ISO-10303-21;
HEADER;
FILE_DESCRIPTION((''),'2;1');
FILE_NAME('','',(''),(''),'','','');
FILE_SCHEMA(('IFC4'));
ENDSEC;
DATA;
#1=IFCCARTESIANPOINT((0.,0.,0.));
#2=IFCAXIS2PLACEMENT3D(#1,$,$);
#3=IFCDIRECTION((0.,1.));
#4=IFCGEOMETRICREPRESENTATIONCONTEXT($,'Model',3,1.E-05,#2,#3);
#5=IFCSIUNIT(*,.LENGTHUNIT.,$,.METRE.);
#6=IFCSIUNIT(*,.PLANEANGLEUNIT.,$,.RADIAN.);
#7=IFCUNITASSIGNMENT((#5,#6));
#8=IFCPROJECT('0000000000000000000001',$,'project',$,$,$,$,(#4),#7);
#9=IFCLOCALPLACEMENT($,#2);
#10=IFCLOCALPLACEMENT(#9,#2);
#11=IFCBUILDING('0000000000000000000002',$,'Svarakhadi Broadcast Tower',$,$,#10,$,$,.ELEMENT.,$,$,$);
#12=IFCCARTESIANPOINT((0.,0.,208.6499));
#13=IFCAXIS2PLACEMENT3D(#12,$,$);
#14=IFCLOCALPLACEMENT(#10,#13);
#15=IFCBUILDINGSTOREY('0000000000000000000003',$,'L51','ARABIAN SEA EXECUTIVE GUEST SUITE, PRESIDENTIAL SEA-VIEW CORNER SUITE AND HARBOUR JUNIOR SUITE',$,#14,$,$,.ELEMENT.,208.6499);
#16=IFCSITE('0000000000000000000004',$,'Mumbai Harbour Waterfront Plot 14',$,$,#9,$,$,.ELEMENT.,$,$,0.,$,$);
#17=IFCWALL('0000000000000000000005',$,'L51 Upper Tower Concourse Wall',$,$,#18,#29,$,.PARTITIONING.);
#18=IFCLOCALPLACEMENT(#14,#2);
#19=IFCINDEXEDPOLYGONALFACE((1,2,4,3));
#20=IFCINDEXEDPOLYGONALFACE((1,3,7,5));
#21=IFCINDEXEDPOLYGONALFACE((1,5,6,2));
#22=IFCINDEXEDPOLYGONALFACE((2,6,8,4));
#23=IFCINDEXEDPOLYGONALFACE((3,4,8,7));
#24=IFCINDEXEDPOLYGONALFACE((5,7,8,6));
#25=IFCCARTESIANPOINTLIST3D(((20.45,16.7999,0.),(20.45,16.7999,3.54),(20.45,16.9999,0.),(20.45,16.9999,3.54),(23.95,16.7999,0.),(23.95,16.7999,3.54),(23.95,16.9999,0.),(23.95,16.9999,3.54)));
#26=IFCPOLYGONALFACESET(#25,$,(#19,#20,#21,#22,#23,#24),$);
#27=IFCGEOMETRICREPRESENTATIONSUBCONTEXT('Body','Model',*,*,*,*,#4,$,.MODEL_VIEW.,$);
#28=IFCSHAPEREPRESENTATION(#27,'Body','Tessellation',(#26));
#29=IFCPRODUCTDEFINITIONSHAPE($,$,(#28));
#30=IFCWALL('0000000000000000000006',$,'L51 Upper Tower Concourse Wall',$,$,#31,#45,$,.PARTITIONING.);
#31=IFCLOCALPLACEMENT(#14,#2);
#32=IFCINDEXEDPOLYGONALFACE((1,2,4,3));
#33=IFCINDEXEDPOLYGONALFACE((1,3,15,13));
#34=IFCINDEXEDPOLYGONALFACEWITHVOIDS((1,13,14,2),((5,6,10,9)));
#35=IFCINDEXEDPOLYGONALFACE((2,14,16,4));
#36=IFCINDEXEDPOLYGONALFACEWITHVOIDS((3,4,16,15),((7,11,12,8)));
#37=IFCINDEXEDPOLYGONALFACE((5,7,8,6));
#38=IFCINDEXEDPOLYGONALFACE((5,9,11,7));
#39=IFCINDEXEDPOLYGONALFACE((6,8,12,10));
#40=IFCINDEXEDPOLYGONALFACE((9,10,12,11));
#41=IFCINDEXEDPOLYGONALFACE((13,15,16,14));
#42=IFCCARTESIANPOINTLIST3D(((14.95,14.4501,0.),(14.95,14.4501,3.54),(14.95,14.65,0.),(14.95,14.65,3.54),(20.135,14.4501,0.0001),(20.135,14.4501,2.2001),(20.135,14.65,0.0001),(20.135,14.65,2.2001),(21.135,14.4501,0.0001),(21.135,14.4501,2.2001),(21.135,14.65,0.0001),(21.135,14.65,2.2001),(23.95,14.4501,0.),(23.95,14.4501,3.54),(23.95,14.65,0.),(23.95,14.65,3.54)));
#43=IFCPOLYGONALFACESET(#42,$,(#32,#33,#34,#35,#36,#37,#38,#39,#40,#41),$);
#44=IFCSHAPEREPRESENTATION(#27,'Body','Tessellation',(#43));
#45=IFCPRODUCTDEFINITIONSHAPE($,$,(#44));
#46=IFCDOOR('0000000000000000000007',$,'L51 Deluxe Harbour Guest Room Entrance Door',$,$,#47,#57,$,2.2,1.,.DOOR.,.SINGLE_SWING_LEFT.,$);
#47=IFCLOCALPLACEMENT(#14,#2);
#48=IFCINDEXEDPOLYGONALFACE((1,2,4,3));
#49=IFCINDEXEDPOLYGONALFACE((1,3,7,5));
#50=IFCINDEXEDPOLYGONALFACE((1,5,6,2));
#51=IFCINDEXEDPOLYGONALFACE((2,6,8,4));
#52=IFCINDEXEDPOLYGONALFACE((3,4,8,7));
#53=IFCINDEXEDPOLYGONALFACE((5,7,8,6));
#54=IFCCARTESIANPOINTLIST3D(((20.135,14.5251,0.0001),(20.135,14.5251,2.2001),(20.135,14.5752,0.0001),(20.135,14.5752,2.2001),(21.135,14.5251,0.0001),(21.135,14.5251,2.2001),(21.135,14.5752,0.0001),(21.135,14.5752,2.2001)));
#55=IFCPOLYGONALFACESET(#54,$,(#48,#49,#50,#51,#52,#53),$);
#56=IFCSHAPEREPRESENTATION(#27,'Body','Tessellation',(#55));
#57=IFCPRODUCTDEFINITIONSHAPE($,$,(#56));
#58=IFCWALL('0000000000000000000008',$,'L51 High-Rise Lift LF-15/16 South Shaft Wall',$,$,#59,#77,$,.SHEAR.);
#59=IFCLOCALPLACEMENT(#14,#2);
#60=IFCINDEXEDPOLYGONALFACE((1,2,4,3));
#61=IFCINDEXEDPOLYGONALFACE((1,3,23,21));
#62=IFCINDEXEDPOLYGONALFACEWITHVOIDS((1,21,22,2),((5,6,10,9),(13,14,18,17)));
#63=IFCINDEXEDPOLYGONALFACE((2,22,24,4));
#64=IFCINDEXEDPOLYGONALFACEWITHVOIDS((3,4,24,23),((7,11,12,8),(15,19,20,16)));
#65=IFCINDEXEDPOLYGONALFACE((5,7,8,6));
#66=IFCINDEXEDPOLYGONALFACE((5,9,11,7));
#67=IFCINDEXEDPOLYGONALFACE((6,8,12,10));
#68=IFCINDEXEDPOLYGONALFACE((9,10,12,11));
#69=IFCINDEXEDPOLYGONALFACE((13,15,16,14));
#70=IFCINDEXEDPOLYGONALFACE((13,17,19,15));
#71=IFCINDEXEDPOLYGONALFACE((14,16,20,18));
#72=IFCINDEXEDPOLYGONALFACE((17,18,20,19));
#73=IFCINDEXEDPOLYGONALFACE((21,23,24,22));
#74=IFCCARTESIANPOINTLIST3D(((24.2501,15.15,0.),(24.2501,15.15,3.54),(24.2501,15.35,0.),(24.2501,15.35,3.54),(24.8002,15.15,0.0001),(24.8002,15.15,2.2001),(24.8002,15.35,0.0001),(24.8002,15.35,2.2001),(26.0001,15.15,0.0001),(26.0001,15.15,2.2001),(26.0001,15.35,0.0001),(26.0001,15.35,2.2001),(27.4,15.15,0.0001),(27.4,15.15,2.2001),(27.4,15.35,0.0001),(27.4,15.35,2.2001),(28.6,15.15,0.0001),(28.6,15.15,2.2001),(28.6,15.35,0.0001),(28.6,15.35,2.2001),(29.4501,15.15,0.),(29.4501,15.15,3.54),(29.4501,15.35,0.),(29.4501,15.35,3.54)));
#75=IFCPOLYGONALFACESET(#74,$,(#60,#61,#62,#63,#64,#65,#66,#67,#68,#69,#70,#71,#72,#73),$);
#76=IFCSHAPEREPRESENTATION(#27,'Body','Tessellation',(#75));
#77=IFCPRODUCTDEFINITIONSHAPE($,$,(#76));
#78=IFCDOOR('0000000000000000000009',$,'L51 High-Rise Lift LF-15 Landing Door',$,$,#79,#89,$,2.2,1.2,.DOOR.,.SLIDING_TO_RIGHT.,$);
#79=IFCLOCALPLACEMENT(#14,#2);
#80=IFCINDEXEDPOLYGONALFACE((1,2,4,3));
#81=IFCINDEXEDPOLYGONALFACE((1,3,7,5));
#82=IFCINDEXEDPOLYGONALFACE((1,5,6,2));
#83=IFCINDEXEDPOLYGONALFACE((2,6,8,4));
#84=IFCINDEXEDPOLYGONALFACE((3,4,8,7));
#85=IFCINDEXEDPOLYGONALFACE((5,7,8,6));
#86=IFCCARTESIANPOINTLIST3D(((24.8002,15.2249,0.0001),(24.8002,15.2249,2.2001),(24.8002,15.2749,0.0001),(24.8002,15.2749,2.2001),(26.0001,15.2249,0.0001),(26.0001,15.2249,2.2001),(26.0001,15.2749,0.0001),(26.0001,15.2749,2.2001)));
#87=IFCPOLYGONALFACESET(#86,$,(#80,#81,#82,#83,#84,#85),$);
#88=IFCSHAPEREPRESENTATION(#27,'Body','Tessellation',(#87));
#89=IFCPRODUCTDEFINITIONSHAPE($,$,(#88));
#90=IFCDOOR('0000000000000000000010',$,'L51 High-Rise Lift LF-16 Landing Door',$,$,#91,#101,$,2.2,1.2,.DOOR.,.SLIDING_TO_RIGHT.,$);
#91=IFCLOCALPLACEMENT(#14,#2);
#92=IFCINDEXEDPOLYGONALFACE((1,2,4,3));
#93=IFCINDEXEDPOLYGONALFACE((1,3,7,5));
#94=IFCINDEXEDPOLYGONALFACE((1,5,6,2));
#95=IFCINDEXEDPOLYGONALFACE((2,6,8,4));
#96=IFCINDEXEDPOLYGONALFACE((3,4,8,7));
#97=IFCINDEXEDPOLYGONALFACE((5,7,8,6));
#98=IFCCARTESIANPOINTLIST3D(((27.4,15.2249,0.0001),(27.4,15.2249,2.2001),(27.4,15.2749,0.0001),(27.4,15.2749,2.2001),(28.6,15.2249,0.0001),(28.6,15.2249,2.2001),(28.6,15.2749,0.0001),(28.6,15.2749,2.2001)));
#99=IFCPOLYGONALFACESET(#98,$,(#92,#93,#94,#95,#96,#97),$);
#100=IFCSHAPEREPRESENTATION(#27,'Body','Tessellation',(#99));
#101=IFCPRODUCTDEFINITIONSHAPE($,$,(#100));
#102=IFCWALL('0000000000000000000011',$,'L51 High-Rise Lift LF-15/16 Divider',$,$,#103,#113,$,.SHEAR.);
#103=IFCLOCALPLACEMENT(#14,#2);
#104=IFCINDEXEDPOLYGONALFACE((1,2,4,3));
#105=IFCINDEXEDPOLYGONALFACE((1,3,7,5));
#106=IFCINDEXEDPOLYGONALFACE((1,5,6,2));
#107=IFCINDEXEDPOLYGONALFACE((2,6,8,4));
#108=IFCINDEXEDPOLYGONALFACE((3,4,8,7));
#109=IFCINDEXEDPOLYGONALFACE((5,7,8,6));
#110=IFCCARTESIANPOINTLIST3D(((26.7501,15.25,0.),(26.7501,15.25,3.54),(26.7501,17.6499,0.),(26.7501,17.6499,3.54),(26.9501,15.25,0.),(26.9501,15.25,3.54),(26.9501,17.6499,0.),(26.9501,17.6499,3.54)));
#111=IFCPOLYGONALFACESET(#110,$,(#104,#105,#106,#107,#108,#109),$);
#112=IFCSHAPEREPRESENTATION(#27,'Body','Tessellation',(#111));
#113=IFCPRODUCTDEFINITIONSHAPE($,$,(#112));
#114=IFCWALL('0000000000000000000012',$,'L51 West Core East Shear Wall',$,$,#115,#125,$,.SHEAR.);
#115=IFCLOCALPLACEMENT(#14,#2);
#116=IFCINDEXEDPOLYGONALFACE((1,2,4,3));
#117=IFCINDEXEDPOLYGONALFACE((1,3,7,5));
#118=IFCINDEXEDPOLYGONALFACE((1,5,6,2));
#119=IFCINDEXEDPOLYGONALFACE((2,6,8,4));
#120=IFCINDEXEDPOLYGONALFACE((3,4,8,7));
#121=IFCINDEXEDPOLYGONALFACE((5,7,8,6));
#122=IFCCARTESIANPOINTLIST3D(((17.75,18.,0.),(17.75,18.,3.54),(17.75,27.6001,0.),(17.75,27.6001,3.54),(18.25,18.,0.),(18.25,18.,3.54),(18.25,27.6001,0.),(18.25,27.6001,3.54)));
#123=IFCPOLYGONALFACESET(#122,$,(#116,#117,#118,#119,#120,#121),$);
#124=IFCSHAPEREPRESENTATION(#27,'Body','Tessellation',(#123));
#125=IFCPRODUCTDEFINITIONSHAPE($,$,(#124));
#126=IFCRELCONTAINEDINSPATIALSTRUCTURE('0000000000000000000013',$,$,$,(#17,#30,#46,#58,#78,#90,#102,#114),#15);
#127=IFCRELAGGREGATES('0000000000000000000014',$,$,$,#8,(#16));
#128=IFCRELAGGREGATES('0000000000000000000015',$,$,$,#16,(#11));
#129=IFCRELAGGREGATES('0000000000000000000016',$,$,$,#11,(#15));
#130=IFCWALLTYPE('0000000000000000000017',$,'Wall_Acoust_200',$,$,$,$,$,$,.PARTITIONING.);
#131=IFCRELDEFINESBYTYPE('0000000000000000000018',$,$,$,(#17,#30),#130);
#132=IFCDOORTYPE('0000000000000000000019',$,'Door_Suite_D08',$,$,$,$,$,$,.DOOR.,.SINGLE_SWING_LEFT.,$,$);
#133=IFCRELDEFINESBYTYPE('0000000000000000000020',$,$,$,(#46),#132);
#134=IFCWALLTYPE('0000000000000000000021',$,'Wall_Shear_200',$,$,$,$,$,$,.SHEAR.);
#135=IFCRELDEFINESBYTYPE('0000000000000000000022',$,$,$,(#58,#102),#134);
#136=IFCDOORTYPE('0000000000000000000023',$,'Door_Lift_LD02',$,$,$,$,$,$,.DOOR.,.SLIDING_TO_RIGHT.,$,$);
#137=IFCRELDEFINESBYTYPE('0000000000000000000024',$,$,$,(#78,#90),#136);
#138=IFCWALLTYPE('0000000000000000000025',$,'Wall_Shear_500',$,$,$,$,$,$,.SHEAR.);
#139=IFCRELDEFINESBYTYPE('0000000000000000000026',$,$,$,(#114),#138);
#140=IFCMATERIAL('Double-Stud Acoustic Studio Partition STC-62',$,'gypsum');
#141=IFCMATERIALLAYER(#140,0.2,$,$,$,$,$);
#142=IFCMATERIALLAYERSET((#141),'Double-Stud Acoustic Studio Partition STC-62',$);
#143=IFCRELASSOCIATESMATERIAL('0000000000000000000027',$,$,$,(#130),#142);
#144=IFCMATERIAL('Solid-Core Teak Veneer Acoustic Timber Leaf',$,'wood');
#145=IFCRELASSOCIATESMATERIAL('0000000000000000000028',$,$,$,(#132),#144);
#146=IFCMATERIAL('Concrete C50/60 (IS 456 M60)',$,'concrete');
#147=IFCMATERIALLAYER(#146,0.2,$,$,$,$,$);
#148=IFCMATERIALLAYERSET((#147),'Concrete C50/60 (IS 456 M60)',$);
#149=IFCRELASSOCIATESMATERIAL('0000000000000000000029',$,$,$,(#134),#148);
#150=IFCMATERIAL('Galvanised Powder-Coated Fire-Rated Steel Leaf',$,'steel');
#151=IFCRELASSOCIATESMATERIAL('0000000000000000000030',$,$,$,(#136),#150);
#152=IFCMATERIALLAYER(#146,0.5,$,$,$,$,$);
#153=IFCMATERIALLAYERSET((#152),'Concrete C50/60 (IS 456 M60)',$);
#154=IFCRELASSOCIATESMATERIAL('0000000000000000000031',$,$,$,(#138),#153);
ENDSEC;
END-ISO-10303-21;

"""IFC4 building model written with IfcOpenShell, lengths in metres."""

from ifc_helpers import new_model, si_unit, direction, frame, frame_2d, origin, place, context, subcontext, project, spatial, rectangle, extrude, material, layer, layer_set, type_object, element, fill, save


model = new_model("IFC4")

# Units and contexts
model_context = context("Model", 3, precision=1e-05, world=origin(), true_north=direction((0.0, 1.0)))
body_context = subcontext(model_context, "Body", "Model", "MODEL_VIEW")
ifc_project = project(units=[si_unit("LENGTHUNIT", "METRE"), si_unit("PLANEANGLEUNIT", "RADIAN")], contexts=[model_context])

# Site, building, storey
site_placement = place(None, origin())
site = spatial("IfcSite", under=ifc_project, at=site_placement, Name="Mumbai Harbour Waterfront Plot 14", CompositionType="ELEMENT", RefElevation=0.0)
building_placement = place(site_placement, origin())
building = spatial("IfcBuilding", under=site, at=building_placement, Name="Svarakhadi Broadcast Tower", CompositionType="ELEMENT")
storey_placement = place(building_placement, frame((0.0, 0.0, 208.6499)))
storey = spatial("IfcBuildingStorey", under=building, at=storey_placement, Name="L51", Description="ARABIAN SEA EXECUTIVE GUEST SUITE, PRESIDENTIAL SEA-VIEW CORNER SUITE AND HARBOUR JUNIOR SUITE", CompositionType="ELEMENT", Elevation=208.6499)

# Shared definitions
ifc_material_1 = material(Name="Concrete C50/60 (IS 456 M60)", Category="concrete")

# Wall
ifc_material_2 = material(Name="Double-Stud Acoustic Studio Partition STC-62", Category="gypsum")
ifc_layer_1 = layer(ifc_material_2, 0.2)
ifc_layer_set_1 = layer_set([ifc_layer_1], Name="Double-Stud Acoustic Studio Partition STC-62")
wall_type_1 = type_object("IfcWallType", Name="Wall_Acoust_200", PredefinedType="PARTITIONING", material=ifc_layer_set_1)
wall_1_placement = place(storey_placement, frame((20.45, 16.8999, 0.0), z_axis=(0.0, 0.0, 1.0), x_axis=(1.0, 0.0, 0.0)))
element("IfcWall", 1, at=wall_1_placement, inside=storey, type_object=wall_type_1, Name="L51 Upper Tower Concourse Wall", PredefinedType="PARTITIONING", context=body_context, shape_type="SweptSolid", body=[
    extrude(rectangle(XDim=3.5, YDim=0.2, at=frame_2d((1.75, 0.0))), origin(), (0.0, 0.0, 1.0), 3.54),
])

# Wall, opening, door
wall_2_placement = place(storey_placement, frame((23.95, 14.55, 0.0), z_axis=(0.0, 0.0, 1.0), x_axis=(-1.0, 0.0, 0.0)))
wall_2 = element("IfcWall", 2, at=wall_2_placement, inside=storey, type_object=wall_type_1, Name="L51 Upper Tower Concourse Wall", PredefinedType="PARTITIONING", context=body_context, shape_type="SweptSolid", body=[
    extrude(rectangle(XDim=9.0, YDim=0.2, at=frame_2d((4.5, 0.0))), origin(), (0.0, 0.0, 1.0), 3.54),
])
opening_1_placement = place(wall_2_placement, frame((2.8149, 0.0, 0.0)))
opening_1 = element("IfcOpeningElement", 3, at=opening_1_placement, cuts=wall_2, PredefinedType="OPENING", context=body_context, shape_type="SweptSolid", body=[
    extrude(rectangle(XDim=1.0, YDim=2.2, at=frame_2d((0.5, 1.1001))), frame((0.0, 0.1099, 0.0), z_axis=(0.0, -1.0, 0.0), x_axis=(1.0, 0.0, 0.0)), (0.0, 0.0, 1.0), 0.22),
])
ifc_material_3 = material(Name="Solid-Core Teak Veneer Acoustic Timber Leaf", Category="wood")
door_type_1 = type_object("IfcDoorType", Name="Door_Suite_D08", OperationType="SINGLE_SWING_LEFT", PredefinedType="DOOR", material=ifc_material_3)
door_1_placement = place(opening_1_placement, origin())
door_1 = element("IfcDoor", 4, at=door_1_placement, inside=storey, type_object=door_type_1, Name="L51 Deluxe Harbour Guest Room Entrance Door", OperationType="SINGLE_SWING_LEFT", OverallHeight=2.2, OverallWidth=1.0, PredefinedType="DOOR", context=body_context, shape_type="SweptSolid", body=[
    extrude(rectangle(XDim=1.0, YDim=2.2, at=frame_2d((0.5, 1.1001))), frame((0.0, 0.0249, 0.0), z_axis=(0.0, -1.0, 0.0), x_axis=(1.0, 0.0, 0.0)), (0.0, 0.0, 1.0), 0.05),
])
fill(opening_1, door_1)
ifc_layer_2 = layer(ifc_material_1, 0.2)
ifc_layer_set_2 = layer_set([ifc_layer_2], Name="Concrete C50/60 (IS 456 M60)")
wall_type_2 = type_object("IfcWallType", Name="Wall_Shear_200", PredefinedType="SHEAR", material=ifc_layer_set_2)
ifc_material_4 = material(Name="Galvanised Powder-Coated Fire-Rated Steel Leaf", Category="steel")

# Wall, openings, doors
wall_3_placement = place(storey_placement, frame((24.25, 15.25, 0.0), z_axis=(0.0, 0.0, 1.0), x_axis=(1.0, 0.0, 0.0)))
wall_3 = element("IfcWall", 5, at=wall_3_placement, inside=storey, type_object=wall_type_2, Name="L51 High-Rise Lift LF-15/16 South Shaft Wall", PredefinedType="SHEAR", context=body_context, shape_type="SweptSolid", body=[
    extrude(rectangle(XDim=5.2, YDim=0.2, at=frame_2d((2.6001, 0.0))), origin(), (0.0, 0.0, 1.0), 3.54),
])
opening_2_placement = place(wall_3_placement, frame((0.55, 0.0, 0.0)))
opening_2 = element("IfcOpeningElement", 6, at=opening_2_placement, cuts=wall_3, PredefinedType="OPENING", context=body_context, shape_type="SweptSolid", body=[
    extrude(rectangle(XDim=1.2, YDim=2.2, at=frame_2d((0.6001, 1.1001))), frame((0.0, 0.1099, 0.0), z_axis=(0.0, -1.0, 0.0), x_axis=(1.0, 0.0, 0.0)), (0.0, 0.0, 1.0), 0.22),
])
opening_3_placement = place(wall_3_placement, frame((3.1499, 0.0, 0.0)))
opening_3 = element("IfcOpeningElement", 7, at=opening_3_placement, cuts=wall_3, PredefinedType="OPENING", context=body_context, shape_type="SweptSolid", body=[
    extrude(rectangle(XDim=1.2, YDim=2.2, at=frame_2d((0.6001, 1.1001))), frame((0.0, 0.1099, 0.0), z_axis=(0.0, -1.0, 0.0), x_axis=(1.0, 0.0, 0.0)), (0.0, 0.0, 1.0), 0.22),
])
door_type_2 = type_object("IfcDoorType", Name="Door_Lift_LD02", OperationType="SLIDING_TO_RIGHT", PredefinedType="DOOR", material=ifc_material_4)
door_2_placement = place(opening_2_placement, origin())
door_2 = element("IfcDoor", 8, at=door_2_placement, inside=storey, type_object=door_type_2, Name="L51 High-Rise Lift LF-15 Landing Door", OperationType="SLIDING_TO_RIGHT", OverallHeight=2.2, OverallWidth=1.2, PredefinedType="DOOR", context=body_context, shape_type="SweptSolid", body=[
    extrude(rectangle(XDim=1.2, YDim=2.2, at=frame_2d((0.6001, 1.1001))), frame((0.0, 0.0249, 0.0), z_axis=(0.0, -1.0, 0.0), x_axis=(1.0, 0.0, 0.0)), (0.0, 0.0, 1.0), 0.05),
])
fill(opening_2, door_2)
door_3_placement = place(opening_3_placement, origin())
door_3 = element("IfcDoor", 9, at=door_3_placement, inside=storey, type_object=door_type_2, Name="L51 High-Rise Lift LF-16 Landing Door", OperationType="SLIDING_TO_RIGHT", OverallHeight=2.2, OverallWidth=1.2, PredefinedType="DOOR", context=body_context, shape_type="SweptSolid", body=[
    extrude(rectangle(XDim=1.2, YDim=2.2, at=frame_2d((0.6001, 1.1001))), frame((0.0, 0.0249, 0.0), z_axis=(0.0, -1.0, 0.0), x_axis=(1.0, 0.0, 0.0)), (0.0, 0.0, 1.0), 0.05),
])
fill(opening_3, door_3)

# Walls
wall_4_placement = place(storey_placement, frame((26.8501, 15.25, 0.0), z_axis=(0.0, 0.0, 1.0), x_axis=(0.0, 1.0, 0.0)))
element("IfcWall", 10, at=wall_4_placement, inside=storey, type_object=wall_type_2, Name="L51 High-Rise Lift LF-15/16 Divider", PredefinedType="SHEAR", context=body_context, shape_type="SweptSolid", body=[
    extrude(rectangle(XDim=2.3999, YDim=0.2, at=frame_2d((1.2, 0.0))), origin(), (0.0, 0.0, 1.0), 3.54),
])
ifc_layer_3 = layer(ifc_material_1, 0.5)
ifc_layer_set_3 = layer_set([ifc_layer_3], Name="Concrete C50/60 (IS 456 M60)")
wall_type_3 = type_object("IfcWallType", Name="Wall_Shear_500", PredefinedType="SHEAR", material=ifc_layer_set_3)
wall_5_placement = place(storey_placement, frame((18.0, 18.0, 0.0), z_axis=(0.0, 0.0, 1.0), x_axis=(0.0, 1.0, 0.0)))
element("IfcWall", 11, at=wall_5_placement, inside=storey, type_object=wall_type_3, Name="L51 West Core East Shear Wall", PredefinedType="SHEAR", context=body_context, shape_type="SweptSolid", body=[
    extrude(rectangle(XDim=9.6001, YDim=0.5, at=frame_2d((4.8, 0.0))), origin(), (0.0, 0.0, 1.0), 3.54),
])

save(model, "model.ifc")
